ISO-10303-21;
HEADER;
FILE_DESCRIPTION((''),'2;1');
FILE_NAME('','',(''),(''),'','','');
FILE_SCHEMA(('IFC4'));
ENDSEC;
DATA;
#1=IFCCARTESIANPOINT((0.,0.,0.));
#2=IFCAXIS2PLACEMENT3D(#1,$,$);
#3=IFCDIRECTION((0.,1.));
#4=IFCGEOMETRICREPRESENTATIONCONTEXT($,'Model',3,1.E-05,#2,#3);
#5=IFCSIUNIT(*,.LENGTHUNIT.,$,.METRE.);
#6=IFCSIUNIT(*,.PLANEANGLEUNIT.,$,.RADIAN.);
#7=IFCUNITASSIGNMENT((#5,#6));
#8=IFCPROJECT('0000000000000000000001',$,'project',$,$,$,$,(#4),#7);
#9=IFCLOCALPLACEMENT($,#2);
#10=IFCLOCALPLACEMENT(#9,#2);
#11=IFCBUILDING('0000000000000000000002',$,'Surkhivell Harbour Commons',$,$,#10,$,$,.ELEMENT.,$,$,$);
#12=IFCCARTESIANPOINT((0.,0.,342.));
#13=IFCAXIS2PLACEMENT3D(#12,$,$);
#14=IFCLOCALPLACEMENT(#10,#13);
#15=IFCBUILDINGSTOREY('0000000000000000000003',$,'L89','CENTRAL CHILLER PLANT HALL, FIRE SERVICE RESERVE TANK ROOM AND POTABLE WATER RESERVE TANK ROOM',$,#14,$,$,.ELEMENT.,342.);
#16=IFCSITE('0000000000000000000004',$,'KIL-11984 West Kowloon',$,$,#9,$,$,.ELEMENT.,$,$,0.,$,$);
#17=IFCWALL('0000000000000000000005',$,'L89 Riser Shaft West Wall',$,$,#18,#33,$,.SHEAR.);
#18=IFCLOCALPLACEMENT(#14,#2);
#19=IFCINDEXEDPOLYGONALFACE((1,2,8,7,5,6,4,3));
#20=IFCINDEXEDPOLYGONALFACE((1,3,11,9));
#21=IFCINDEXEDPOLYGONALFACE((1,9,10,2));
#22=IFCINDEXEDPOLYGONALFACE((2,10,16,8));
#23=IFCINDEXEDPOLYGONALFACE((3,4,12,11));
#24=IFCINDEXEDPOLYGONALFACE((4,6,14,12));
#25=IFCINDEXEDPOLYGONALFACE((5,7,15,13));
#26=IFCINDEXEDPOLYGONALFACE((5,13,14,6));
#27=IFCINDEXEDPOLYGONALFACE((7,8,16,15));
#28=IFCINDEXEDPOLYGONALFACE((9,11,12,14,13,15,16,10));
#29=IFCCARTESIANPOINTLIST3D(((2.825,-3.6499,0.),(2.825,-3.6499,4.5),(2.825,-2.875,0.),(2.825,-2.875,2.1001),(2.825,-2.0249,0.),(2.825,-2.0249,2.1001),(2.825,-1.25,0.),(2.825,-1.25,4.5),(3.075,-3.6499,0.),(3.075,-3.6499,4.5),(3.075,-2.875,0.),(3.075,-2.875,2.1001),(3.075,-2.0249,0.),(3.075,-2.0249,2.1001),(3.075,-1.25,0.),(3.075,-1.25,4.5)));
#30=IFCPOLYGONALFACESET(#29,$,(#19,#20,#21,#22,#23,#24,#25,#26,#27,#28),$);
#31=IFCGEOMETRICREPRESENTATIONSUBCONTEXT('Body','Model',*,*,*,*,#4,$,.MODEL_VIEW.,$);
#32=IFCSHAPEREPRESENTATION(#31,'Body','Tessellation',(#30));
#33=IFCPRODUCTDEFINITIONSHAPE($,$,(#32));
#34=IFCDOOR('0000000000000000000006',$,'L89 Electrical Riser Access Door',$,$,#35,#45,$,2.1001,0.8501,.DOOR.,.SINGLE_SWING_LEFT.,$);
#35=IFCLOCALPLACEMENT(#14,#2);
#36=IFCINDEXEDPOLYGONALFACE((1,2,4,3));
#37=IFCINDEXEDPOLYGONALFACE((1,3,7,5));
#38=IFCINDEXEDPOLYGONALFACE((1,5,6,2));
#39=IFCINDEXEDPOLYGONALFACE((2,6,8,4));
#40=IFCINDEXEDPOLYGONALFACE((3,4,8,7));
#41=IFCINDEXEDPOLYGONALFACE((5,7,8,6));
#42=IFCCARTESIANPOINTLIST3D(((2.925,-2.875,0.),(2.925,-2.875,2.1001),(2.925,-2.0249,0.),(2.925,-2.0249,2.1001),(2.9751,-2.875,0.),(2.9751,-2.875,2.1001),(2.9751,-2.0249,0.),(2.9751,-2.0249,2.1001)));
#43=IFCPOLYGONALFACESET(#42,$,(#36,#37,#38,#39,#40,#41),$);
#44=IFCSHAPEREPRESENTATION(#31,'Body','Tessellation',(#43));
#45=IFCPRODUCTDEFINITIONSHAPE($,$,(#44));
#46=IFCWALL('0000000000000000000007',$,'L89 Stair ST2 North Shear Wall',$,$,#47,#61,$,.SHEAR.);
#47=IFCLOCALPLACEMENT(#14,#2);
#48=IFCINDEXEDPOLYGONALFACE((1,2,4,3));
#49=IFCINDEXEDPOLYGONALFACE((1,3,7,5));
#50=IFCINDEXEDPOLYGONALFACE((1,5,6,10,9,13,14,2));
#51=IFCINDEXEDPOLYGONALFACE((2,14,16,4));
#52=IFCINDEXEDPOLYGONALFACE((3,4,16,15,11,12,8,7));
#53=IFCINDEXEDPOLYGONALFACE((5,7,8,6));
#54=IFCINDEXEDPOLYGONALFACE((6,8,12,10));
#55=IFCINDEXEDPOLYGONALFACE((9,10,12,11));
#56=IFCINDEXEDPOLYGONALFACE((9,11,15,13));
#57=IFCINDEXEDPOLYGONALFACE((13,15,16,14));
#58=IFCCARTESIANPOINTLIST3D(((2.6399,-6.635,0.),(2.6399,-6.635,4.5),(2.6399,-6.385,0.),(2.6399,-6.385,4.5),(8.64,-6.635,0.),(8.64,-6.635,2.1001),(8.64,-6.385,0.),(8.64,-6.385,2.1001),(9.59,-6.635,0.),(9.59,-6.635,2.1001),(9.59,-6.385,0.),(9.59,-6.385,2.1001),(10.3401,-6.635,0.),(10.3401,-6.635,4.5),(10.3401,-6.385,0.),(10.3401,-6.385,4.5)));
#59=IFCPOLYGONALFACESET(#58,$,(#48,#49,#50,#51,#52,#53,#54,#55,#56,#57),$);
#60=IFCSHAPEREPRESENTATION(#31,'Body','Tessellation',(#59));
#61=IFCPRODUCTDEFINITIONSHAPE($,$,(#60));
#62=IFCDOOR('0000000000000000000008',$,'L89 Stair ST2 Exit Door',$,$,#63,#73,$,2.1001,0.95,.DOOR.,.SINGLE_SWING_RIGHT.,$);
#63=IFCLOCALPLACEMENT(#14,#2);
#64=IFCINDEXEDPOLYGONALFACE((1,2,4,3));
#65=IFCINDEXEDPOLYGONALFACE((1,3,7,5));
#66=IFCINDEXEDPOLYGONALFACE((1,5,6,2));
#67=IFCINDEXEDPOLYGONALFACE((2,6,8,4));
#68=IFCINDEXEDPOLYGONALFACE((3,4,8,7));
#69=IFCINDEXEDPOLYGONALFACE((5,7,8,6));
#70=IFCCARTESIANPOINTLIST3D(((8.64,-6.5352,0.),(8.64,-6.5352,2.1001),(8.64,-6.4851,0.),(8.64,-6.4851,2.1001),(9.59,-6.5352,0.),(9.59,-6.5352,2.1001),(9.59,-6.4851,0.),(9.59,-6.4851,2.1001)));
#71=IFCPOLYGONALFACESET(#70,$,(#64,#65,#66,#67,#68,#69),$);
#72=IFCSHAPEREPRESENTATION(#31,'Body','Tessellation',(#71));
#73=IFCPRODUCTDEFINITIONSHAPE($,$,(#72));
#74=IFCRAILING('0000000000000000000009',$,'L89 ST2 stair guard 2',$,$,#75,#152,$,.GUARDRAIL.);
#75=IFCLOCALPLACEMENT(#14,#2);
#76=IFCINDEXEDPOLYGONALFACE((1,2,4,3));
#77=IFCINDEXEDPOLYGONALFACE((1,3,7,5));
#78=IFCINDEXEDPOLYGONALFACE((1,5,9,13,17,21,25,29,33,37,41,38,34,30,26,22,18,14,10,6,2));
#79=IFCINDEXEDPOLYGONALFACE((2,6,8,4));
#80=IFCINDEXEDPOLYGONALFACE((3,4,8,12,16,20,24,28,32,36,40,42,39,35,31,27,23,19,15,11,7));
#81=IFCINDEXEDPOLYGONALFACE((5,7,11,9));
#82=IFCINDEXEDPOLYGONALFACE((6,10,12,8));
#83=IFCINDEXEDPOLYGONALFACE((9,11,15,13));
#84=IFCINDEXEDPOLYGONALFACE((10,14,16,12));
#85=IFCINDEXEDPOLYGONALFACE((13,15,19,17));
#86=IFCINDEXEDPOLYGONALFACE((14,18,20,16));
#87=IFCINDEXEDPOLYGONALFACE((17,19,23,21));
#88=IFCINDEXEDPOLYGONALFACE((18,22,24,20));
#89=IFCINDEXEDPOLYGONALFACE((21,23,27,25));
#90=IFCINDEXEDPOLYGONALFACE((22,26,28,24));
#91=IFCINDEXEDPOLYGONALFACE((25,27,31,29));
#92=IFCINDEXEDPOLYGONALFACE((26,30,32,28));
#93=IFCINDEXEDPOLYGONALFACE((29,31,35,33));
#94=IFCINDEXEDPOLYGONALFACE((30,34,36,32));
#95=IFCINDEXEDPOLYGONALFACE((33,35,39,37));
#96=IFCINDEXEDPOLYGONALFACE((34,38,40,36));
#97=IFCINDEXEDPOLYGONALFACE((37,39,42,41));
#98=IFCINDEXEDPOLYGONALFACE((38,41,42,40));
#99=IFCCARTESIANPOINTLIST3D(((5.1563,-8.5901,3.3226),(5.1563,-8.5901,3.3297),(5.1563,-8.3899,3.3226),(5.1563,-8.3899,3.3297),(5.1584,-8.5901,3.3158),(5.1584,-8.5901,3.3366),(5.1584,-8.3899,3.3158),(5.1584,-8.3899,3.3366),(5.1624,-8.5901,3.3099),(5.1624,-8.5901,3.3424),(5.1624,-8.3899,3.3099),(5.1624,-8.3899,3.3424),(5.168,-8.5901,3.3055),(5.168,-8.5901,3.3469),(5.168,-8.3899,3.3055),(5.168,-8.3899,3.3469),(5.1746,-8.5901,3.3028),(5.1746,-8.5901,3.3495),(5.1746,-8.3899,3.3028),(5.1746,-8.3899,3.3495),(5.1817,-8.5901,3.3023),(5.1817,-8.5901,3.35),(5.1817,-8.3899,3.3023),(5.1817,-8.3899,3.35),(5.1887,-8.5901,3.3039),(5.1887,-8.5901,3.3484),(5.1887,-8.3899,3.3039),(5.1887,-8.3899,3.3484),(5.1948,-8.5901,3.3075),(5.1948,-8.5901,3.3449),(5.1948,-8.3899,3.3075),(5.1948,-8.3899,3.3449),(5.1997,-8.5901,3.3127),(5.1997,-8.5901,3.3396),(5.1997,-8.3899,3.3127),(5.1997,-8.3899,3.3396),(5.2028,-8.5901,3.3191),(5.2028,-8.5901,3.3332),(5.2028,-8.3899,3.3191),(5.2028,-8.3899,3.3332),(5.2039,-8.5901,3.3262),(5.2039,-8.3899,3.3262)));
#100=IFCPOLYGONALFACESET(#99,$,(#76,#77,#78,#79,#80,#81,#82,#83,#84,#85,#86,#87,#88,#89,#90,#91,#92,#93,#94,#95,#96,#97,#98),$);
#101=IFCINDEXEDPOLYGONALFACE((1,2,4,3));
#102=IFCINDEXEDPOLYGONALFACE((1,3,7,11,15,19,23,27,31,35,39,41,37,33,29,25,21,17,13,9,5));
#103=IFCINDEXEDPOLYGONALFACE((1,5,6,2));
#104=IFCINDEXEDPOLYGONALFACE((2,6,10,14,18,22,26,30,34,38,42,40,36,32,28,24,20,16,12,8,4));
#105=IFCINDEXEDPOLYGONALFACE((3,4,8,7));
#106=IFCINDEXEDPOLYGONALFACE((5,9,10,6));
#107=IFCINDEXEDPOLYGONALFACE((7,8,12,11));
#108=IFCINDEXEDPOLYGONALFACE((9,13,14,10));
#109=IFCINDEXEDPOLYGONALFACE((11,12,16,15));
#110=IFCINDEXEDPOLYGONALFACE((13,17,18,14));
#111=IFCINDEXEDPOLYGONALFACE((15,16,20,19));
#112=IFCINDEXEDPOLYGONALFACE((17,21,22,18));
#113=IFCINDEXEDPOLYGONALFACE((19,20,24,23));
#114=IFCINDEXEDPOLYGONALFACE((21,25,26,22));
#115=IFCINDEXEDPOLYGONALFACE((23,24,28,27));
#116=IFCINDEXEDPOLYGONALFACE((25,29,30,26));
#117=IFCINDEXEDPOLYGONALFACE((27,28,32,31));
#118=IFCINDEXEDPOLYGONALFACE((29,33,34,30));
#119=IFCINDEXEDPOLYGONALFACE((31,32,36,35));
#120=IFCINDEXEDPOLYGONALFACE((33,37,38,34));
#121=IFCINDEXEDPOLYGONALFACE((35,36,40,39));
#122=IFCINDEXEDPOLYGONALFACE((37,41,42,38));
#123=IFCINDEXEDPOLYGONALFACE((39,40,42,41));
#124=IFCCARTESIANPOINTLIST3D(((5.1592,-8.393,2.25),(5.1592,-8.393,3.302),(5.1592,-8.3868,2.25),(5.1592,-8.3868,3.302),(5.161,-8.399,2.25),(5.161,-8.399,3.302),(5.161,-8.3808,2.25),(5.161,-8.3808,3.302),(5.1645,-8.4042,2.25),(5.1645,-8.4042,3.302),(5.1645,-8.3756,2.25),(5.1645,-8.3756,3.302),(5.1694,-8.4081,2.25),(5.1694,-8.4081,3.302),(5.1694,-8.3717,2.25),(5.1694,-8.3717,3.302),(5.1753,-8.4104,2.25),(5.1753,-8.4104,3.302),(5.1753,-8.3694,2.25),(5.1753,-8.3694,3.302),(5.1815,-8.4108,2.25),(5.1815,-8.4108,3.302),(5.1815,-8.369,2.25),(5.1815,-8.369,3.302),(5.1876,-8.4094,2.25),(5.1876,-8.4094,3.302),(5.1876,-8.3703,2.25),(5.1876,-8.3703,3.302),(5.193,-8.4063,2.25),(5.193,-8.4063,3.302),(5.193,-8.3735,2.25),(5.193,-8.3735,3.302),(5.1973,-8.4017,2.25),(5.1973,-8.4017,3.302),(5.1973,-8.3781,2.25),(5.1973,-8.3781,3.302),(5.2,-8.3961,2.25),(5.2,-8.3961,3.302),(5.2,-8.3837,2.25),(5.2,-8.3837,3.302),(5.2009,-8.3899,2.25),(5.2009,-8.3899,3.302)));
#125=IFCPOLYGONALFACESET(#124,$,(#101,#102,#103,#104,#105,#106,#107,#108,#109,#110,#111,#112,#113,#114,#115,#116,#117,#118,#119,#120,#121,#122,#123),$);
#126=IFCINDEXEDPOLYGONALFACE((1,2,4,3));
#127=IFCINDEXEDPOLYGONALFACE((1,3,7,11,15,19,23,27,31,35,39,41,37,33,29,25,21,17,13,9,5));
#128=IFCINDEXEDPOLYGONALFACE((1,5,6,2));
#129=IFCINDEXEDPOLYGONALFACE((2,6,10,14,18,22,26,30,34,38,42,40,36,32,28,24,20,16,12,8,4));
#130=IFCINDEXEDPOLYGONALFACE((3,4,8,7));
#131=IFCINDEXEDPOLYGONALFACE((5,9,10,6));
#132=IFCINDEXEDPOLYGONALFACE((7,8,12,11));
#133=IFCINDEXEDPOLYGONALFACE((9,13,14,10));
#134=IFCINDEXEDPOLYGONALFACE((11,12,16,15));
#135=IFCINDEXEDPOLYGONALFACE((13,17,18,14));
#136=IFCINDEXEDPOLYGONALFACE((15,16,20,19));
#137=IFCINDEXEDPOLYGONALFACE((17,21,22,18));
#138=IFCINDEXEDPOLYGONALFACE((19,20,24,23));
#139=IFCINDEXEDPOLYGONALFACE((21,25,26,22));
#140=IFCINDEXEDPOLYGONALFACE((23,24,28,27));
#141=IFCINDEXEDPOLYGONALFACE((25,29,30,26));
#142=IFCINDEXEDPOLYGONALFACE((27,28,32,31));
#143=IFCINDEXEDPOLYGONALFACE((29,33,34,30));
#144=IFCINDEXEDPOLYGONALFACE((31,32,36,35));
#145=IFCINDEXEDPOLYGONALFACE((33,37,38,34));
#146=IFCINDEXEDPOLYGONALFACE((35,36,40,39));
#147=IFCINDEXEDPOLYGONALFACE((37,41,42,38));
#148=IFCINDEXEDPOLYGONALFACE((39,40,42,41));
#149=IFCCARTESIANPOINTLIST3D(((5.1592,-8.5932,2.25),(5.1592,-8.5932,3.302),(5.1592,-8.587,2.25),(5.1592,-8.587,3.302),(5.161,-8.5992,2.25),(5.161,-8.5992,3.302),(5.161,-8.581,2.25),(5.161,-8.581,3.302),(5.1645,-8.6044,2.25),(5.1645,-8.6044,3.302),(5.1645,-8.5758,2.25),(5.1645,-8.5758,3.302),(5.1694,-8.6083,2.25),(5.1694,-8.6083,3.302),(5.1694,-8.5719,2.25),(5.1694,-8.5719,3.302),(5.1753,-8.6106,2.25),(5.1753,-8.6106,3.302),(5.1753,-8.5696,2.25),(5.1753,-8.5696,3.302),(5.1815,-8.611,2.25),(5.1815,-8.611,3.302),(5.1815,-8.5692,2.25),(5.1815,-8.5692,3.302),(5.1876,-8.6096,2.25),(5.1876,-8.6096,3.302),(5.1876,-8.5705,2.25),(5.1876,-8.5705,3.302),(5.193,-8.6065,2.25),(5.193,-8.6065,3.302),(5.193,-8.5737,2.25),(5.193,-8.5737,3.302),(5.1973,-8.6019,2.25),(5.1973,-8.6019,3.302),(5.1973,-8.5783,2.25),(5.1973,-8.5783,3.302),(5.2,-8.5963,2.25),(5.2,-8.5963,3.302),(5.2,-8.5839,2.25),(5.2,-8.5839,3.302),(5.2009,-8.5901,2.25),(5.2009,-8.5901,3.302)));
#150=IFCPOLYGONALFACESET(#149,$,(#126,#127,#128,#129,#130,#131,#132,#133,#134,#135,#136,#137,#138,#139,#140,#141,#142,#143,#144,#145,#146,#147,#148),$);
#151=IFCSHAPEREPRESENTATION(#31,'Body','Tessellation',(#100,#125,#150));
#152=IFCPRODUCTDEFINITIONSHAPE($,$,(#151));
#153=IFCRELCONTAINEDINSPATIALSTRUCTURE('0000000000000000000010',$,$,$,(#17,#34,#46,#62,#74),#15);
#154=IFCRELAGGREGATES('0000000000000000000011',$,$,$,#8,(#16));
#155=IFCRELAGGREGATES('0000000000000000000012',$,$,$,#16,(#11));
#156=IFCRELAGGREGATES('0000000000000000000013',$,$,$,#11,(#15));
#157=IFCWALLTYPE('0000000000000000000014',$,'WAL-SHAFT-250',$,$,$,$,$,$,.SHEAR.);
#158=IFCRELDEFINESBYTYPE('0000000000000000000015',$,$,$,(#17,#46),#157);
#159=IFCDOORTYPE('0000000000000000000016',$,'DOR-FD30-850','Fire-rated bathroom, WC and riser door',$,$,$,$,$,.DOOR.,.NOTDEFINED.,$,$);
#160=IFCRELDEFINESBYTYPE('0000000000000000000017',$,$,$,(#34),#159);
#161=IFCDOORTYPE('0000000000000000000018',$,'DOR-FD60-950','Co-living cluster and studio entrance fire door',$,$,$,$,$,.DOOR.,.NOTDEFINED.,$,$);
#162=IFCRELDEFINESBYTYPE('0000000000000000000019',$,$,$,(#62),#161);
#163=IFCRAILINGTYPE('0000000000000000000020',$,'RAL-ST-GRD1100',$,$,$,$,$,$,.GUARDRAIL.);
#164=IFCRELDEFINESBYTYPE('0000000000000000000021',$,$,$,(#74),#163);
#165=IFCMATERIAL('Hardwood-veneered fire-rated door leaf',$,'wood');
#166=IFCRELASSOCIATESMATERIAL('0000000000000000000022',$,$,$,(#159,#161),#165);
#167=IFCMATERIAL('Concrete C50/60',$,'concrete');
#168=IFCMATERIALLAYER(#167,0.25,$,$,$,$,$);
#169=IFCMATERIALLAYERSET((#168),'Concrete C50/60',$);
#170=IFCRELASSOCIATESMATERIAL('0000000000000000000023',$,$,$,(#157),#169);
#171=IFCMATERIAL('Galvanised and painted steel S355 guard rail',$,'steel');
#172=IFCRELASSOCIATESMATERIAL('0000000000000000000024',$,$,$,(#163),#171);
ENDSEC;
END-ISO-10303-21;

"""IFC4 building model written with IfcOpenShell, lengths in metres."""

from ifc_helpers import new_model, si_unit, direction, frame, frame_2d, origin, origin_2d, place, context, subcontext, project, spatial, rectangle, circle, extrude, material, layer, layer_set, type_object, element, fill, save


model = new_model("IFC4")

# Units and contexts
model_context = context("Model", 3, precision=1e-05, world=origin(), true_north=direction((0.0, 1.0)))
body_context = subcontext(model_context, "Body", "Model", "MODEL_VIEW")
ifc_project = project(units=[si_unit("LENGTHUNIT", "METRE"), si_unit("PLANEANGLEUNIT", "RADIAN")], contexts=[model_context])

# Site, building, storey
site_placement = place(None, origin())
site = spatial("IfcSite", under=ifc_project, at=site_placement, Name="KIL-11984 West Kowloon", CompositionType="ELEMENT", RefElevation=0.0)
building_placement = place(site_placement, origin())
building = spatial("IfcBuilding", under=site, at=building_placement, Name="Surkhivell Harbour Commons", CompositionType="ELEMENT")
storey_placement = place(building_placement, frame((0.0, 0.0, 342.0)))
storey = spatial("IfcBuildingStorey", under=building, at=storey_placement, Name="L89", Description="CENTRAL CHILLER PLANT HALL, FIRE SERVICE RESERVE TANK ROOM AND POTABLE WATER RESERVE TANK ROOM", CompositionType="ELEMENT", Elevation=342.0)

# Shared definitions
ifc_material_1 = material(Name="Concrete C50/60", Category="concrete")

# Shared definitions
ifc_material_2 = material(Name="Hardwood-veneered fire-rated door leaf", Category="wood")
door_type_1 = type_object("IfcDoorType", Name="DOR-FD30-850", Description="Fire-rated bathroom, WC and riser door", OperationType="NOTDEFINED", PredefinedType="DOOR", material=ifc_material_2)

# Shared definitions
ifc_layer_1 = layer(ifc_material_1, 0.25)
ifc_layer_set_1 = layer_set([ifc_layer_1], Name="Concrete C50/60")
wall_type_1 = type_object("IfcWallType", Name="WAL-SHAFT-250", PredefinedType="SHEAR", material=ifc_layer_set_1)

# Walls, openings, doors
wall_1_placement = place(storey_placement, frame((2.95, -3.6499, 0.0), z_axis=(0.0, 0.0, 1.0), x_axis=(0.0, 1.0, 0.0)))
wall_1 = element("IfcWall", 1, at=wall_1_placement, inside=storey, type_object=wall_type_1, Name="L89 Riser Shaft West Wall", PredefinedType="SHEAR", context=body_context, shape_type="SweptSolid", body=[
    extrude(rectangle(XDim=2.3999, YDim=0.25, at=frame_2d((1.2, 0.0))), origin(), (0.0, 0.0, 1.0), 4.5),
])
opening_1_placement = place(wall_1_placement, frame((0.7749, 0.0, 0.0)))
opening_1 = element("IfcOpeningElement", 2, at=opening_1_placement, cuts=wall_1, PredefinedType="OPENING", context=body_context, shape_type="SweptSolid", body=[
    extrude(rectangle(XDim=0.8501, YDim=2.1001, at=frame_2d((0.425, 1.05))), frame((0.0, 0.135, 0.0), z_axis=(0.0, -1.0, 0.0), x_axis=(1.0, 0.0, 0.0)), (0.0, 0.0, 1.0), 0.27),
])
door_1_placement = place(opening_1_placement, origin())
door_1 = element("IfcDoor", 3, at=door_1_placement, inside=storey, type_object=door_type_1, Name="L89 Electrical Riser Access Door", OperationType="SINGLE_SWING_LEFT", OverallHeight=2.1001, OverallWidth=0.8501, PredefinedType="DOOR", context=body_context, shape_type="SweptSolid", body=[
    extrude(rectangle(XDim=0.8501, YDim=2.1001, at=frame_2d((0.425, 1.05))), frame((0.0, 0.0249, 0.0), z_axis=(0.0, -1.0, 0.0), x_axis=(1.0, 0.0, 0.0)), (0.0, 0.0, 1.0), 0.05),
])
fill(opening_1, door_1)
wall_2_placement = place(storey_placement, frame((2.6399, -6.51, 0.0), z_axis=(0.0, 0.0, 1.0), x_axis=(1.0, 0.0, 0.0)))
wall_2 = element("IfcWall", 4, at=wall_2_placement, inside=storey, type_object=wall_type_1, Name="L89 Stair ST2 North Shear Wall", PredefinedType="SHEAR", context=body_context, shape_type="SweptSolid", body=[
    extrude(rectangle(XDim=7.7002, YDim=0.25, at=frame_2d((3.8501, 0.0))), origin(), (0.0, 0.0, 1.0), 4.5),
])
opening_2_placement = place(wall_2_placement, frame((6.0, 0.0, 0.0)))
opening_2 = element("IfcOpeningElement", 5, at=opening_2_placement, cuts=wall_2, PredefinedType="OPENING", context=body_context, shape_type="SweptSolid", body=[
    extrude(rectangle(XDim=0.95, YDim=2.1001, at=frame_2d((0.4751, 1.05))), frame((0.0, 0.135, 0.0), z_axis=(0.0, -1.0, 0.0), x_axis=(1.0, 0.0, 0.0)), (0.0, 0.0, 1.0), 0.27),
])
door_type_2 = type_object("IfcDoorType", Name="DOR-FD60-950", Description="Co-living cluster and studio entrance fire door", OperationType="NOTDEFINED", PredefinedType="DOOR", material=ifc_material_2)
door_2_placement = place(opening_2_placement, origin())
door_2 = element("IfcDoor", 6, at=door_2_placement, inside=storey, type_object=door_type_2, Name="L89 Stair ST2 Exit Door", OperationType="SINGLE_SWING_RIGHT", OverallHeight=2.1001, OverallWidth=0.95, PredefinedType="DOOR", context=body_context, shape_type="SweptSolid", body=[
    extrude(rectangle(XDim=0.95, YDim=2.1001, at=frame_2d((0.4751, 1.05))), frame((0.0, 0.0249, 0.0), z_axis=(0.0, -1.0, 0.0), x_axis=(1.0, 0.0, 0.0)), (0.0, 0.0, 1.0), 0.05),
])
fill(opening_2, door_2)

# Railing
ifc_material_3 = material(Name="Galvanised and painted steel S355 guard rail", Category="steel")
railing_type = type_object("IfcRailingType", Name="RAL-ST-GRD1100", PredefinedType="GUARDRAIL", material=ifc_material_3)
railing_1_placement = place(storey_placement, frame((5.1799, -8.3899, 2.25)))
element("IfcRailing", 7, at=railing_1_placement, inside=storey, type_object=railing_type, Name="L89 ST2 stair guard 2", PredefinedType="GUARDRAIL", context=body_context, shape_type="SweptSolid", body=[
    extrude(circle(Radius=0.0239, at=origin_2d()), frame((0.0, 0.0, 1.0762), z_axis=(0.0, -1.0, 0.0), x_axis=(1.0, 0.0, 0.0)), (0.0, 0.0, 1.0), 0.2002),
    extrude(circle(Radius=0.021, at=origin_2d()), origin(), (0.0, 0.0, 1.0), 1.052),
    extrude(circle(Radius=0.021, at=origin_2d()), frame((0.0, -0.2002, 0.0)), (0.0, 0.0, 1.0), 1.052),
])

save(model, "model.ifc")
